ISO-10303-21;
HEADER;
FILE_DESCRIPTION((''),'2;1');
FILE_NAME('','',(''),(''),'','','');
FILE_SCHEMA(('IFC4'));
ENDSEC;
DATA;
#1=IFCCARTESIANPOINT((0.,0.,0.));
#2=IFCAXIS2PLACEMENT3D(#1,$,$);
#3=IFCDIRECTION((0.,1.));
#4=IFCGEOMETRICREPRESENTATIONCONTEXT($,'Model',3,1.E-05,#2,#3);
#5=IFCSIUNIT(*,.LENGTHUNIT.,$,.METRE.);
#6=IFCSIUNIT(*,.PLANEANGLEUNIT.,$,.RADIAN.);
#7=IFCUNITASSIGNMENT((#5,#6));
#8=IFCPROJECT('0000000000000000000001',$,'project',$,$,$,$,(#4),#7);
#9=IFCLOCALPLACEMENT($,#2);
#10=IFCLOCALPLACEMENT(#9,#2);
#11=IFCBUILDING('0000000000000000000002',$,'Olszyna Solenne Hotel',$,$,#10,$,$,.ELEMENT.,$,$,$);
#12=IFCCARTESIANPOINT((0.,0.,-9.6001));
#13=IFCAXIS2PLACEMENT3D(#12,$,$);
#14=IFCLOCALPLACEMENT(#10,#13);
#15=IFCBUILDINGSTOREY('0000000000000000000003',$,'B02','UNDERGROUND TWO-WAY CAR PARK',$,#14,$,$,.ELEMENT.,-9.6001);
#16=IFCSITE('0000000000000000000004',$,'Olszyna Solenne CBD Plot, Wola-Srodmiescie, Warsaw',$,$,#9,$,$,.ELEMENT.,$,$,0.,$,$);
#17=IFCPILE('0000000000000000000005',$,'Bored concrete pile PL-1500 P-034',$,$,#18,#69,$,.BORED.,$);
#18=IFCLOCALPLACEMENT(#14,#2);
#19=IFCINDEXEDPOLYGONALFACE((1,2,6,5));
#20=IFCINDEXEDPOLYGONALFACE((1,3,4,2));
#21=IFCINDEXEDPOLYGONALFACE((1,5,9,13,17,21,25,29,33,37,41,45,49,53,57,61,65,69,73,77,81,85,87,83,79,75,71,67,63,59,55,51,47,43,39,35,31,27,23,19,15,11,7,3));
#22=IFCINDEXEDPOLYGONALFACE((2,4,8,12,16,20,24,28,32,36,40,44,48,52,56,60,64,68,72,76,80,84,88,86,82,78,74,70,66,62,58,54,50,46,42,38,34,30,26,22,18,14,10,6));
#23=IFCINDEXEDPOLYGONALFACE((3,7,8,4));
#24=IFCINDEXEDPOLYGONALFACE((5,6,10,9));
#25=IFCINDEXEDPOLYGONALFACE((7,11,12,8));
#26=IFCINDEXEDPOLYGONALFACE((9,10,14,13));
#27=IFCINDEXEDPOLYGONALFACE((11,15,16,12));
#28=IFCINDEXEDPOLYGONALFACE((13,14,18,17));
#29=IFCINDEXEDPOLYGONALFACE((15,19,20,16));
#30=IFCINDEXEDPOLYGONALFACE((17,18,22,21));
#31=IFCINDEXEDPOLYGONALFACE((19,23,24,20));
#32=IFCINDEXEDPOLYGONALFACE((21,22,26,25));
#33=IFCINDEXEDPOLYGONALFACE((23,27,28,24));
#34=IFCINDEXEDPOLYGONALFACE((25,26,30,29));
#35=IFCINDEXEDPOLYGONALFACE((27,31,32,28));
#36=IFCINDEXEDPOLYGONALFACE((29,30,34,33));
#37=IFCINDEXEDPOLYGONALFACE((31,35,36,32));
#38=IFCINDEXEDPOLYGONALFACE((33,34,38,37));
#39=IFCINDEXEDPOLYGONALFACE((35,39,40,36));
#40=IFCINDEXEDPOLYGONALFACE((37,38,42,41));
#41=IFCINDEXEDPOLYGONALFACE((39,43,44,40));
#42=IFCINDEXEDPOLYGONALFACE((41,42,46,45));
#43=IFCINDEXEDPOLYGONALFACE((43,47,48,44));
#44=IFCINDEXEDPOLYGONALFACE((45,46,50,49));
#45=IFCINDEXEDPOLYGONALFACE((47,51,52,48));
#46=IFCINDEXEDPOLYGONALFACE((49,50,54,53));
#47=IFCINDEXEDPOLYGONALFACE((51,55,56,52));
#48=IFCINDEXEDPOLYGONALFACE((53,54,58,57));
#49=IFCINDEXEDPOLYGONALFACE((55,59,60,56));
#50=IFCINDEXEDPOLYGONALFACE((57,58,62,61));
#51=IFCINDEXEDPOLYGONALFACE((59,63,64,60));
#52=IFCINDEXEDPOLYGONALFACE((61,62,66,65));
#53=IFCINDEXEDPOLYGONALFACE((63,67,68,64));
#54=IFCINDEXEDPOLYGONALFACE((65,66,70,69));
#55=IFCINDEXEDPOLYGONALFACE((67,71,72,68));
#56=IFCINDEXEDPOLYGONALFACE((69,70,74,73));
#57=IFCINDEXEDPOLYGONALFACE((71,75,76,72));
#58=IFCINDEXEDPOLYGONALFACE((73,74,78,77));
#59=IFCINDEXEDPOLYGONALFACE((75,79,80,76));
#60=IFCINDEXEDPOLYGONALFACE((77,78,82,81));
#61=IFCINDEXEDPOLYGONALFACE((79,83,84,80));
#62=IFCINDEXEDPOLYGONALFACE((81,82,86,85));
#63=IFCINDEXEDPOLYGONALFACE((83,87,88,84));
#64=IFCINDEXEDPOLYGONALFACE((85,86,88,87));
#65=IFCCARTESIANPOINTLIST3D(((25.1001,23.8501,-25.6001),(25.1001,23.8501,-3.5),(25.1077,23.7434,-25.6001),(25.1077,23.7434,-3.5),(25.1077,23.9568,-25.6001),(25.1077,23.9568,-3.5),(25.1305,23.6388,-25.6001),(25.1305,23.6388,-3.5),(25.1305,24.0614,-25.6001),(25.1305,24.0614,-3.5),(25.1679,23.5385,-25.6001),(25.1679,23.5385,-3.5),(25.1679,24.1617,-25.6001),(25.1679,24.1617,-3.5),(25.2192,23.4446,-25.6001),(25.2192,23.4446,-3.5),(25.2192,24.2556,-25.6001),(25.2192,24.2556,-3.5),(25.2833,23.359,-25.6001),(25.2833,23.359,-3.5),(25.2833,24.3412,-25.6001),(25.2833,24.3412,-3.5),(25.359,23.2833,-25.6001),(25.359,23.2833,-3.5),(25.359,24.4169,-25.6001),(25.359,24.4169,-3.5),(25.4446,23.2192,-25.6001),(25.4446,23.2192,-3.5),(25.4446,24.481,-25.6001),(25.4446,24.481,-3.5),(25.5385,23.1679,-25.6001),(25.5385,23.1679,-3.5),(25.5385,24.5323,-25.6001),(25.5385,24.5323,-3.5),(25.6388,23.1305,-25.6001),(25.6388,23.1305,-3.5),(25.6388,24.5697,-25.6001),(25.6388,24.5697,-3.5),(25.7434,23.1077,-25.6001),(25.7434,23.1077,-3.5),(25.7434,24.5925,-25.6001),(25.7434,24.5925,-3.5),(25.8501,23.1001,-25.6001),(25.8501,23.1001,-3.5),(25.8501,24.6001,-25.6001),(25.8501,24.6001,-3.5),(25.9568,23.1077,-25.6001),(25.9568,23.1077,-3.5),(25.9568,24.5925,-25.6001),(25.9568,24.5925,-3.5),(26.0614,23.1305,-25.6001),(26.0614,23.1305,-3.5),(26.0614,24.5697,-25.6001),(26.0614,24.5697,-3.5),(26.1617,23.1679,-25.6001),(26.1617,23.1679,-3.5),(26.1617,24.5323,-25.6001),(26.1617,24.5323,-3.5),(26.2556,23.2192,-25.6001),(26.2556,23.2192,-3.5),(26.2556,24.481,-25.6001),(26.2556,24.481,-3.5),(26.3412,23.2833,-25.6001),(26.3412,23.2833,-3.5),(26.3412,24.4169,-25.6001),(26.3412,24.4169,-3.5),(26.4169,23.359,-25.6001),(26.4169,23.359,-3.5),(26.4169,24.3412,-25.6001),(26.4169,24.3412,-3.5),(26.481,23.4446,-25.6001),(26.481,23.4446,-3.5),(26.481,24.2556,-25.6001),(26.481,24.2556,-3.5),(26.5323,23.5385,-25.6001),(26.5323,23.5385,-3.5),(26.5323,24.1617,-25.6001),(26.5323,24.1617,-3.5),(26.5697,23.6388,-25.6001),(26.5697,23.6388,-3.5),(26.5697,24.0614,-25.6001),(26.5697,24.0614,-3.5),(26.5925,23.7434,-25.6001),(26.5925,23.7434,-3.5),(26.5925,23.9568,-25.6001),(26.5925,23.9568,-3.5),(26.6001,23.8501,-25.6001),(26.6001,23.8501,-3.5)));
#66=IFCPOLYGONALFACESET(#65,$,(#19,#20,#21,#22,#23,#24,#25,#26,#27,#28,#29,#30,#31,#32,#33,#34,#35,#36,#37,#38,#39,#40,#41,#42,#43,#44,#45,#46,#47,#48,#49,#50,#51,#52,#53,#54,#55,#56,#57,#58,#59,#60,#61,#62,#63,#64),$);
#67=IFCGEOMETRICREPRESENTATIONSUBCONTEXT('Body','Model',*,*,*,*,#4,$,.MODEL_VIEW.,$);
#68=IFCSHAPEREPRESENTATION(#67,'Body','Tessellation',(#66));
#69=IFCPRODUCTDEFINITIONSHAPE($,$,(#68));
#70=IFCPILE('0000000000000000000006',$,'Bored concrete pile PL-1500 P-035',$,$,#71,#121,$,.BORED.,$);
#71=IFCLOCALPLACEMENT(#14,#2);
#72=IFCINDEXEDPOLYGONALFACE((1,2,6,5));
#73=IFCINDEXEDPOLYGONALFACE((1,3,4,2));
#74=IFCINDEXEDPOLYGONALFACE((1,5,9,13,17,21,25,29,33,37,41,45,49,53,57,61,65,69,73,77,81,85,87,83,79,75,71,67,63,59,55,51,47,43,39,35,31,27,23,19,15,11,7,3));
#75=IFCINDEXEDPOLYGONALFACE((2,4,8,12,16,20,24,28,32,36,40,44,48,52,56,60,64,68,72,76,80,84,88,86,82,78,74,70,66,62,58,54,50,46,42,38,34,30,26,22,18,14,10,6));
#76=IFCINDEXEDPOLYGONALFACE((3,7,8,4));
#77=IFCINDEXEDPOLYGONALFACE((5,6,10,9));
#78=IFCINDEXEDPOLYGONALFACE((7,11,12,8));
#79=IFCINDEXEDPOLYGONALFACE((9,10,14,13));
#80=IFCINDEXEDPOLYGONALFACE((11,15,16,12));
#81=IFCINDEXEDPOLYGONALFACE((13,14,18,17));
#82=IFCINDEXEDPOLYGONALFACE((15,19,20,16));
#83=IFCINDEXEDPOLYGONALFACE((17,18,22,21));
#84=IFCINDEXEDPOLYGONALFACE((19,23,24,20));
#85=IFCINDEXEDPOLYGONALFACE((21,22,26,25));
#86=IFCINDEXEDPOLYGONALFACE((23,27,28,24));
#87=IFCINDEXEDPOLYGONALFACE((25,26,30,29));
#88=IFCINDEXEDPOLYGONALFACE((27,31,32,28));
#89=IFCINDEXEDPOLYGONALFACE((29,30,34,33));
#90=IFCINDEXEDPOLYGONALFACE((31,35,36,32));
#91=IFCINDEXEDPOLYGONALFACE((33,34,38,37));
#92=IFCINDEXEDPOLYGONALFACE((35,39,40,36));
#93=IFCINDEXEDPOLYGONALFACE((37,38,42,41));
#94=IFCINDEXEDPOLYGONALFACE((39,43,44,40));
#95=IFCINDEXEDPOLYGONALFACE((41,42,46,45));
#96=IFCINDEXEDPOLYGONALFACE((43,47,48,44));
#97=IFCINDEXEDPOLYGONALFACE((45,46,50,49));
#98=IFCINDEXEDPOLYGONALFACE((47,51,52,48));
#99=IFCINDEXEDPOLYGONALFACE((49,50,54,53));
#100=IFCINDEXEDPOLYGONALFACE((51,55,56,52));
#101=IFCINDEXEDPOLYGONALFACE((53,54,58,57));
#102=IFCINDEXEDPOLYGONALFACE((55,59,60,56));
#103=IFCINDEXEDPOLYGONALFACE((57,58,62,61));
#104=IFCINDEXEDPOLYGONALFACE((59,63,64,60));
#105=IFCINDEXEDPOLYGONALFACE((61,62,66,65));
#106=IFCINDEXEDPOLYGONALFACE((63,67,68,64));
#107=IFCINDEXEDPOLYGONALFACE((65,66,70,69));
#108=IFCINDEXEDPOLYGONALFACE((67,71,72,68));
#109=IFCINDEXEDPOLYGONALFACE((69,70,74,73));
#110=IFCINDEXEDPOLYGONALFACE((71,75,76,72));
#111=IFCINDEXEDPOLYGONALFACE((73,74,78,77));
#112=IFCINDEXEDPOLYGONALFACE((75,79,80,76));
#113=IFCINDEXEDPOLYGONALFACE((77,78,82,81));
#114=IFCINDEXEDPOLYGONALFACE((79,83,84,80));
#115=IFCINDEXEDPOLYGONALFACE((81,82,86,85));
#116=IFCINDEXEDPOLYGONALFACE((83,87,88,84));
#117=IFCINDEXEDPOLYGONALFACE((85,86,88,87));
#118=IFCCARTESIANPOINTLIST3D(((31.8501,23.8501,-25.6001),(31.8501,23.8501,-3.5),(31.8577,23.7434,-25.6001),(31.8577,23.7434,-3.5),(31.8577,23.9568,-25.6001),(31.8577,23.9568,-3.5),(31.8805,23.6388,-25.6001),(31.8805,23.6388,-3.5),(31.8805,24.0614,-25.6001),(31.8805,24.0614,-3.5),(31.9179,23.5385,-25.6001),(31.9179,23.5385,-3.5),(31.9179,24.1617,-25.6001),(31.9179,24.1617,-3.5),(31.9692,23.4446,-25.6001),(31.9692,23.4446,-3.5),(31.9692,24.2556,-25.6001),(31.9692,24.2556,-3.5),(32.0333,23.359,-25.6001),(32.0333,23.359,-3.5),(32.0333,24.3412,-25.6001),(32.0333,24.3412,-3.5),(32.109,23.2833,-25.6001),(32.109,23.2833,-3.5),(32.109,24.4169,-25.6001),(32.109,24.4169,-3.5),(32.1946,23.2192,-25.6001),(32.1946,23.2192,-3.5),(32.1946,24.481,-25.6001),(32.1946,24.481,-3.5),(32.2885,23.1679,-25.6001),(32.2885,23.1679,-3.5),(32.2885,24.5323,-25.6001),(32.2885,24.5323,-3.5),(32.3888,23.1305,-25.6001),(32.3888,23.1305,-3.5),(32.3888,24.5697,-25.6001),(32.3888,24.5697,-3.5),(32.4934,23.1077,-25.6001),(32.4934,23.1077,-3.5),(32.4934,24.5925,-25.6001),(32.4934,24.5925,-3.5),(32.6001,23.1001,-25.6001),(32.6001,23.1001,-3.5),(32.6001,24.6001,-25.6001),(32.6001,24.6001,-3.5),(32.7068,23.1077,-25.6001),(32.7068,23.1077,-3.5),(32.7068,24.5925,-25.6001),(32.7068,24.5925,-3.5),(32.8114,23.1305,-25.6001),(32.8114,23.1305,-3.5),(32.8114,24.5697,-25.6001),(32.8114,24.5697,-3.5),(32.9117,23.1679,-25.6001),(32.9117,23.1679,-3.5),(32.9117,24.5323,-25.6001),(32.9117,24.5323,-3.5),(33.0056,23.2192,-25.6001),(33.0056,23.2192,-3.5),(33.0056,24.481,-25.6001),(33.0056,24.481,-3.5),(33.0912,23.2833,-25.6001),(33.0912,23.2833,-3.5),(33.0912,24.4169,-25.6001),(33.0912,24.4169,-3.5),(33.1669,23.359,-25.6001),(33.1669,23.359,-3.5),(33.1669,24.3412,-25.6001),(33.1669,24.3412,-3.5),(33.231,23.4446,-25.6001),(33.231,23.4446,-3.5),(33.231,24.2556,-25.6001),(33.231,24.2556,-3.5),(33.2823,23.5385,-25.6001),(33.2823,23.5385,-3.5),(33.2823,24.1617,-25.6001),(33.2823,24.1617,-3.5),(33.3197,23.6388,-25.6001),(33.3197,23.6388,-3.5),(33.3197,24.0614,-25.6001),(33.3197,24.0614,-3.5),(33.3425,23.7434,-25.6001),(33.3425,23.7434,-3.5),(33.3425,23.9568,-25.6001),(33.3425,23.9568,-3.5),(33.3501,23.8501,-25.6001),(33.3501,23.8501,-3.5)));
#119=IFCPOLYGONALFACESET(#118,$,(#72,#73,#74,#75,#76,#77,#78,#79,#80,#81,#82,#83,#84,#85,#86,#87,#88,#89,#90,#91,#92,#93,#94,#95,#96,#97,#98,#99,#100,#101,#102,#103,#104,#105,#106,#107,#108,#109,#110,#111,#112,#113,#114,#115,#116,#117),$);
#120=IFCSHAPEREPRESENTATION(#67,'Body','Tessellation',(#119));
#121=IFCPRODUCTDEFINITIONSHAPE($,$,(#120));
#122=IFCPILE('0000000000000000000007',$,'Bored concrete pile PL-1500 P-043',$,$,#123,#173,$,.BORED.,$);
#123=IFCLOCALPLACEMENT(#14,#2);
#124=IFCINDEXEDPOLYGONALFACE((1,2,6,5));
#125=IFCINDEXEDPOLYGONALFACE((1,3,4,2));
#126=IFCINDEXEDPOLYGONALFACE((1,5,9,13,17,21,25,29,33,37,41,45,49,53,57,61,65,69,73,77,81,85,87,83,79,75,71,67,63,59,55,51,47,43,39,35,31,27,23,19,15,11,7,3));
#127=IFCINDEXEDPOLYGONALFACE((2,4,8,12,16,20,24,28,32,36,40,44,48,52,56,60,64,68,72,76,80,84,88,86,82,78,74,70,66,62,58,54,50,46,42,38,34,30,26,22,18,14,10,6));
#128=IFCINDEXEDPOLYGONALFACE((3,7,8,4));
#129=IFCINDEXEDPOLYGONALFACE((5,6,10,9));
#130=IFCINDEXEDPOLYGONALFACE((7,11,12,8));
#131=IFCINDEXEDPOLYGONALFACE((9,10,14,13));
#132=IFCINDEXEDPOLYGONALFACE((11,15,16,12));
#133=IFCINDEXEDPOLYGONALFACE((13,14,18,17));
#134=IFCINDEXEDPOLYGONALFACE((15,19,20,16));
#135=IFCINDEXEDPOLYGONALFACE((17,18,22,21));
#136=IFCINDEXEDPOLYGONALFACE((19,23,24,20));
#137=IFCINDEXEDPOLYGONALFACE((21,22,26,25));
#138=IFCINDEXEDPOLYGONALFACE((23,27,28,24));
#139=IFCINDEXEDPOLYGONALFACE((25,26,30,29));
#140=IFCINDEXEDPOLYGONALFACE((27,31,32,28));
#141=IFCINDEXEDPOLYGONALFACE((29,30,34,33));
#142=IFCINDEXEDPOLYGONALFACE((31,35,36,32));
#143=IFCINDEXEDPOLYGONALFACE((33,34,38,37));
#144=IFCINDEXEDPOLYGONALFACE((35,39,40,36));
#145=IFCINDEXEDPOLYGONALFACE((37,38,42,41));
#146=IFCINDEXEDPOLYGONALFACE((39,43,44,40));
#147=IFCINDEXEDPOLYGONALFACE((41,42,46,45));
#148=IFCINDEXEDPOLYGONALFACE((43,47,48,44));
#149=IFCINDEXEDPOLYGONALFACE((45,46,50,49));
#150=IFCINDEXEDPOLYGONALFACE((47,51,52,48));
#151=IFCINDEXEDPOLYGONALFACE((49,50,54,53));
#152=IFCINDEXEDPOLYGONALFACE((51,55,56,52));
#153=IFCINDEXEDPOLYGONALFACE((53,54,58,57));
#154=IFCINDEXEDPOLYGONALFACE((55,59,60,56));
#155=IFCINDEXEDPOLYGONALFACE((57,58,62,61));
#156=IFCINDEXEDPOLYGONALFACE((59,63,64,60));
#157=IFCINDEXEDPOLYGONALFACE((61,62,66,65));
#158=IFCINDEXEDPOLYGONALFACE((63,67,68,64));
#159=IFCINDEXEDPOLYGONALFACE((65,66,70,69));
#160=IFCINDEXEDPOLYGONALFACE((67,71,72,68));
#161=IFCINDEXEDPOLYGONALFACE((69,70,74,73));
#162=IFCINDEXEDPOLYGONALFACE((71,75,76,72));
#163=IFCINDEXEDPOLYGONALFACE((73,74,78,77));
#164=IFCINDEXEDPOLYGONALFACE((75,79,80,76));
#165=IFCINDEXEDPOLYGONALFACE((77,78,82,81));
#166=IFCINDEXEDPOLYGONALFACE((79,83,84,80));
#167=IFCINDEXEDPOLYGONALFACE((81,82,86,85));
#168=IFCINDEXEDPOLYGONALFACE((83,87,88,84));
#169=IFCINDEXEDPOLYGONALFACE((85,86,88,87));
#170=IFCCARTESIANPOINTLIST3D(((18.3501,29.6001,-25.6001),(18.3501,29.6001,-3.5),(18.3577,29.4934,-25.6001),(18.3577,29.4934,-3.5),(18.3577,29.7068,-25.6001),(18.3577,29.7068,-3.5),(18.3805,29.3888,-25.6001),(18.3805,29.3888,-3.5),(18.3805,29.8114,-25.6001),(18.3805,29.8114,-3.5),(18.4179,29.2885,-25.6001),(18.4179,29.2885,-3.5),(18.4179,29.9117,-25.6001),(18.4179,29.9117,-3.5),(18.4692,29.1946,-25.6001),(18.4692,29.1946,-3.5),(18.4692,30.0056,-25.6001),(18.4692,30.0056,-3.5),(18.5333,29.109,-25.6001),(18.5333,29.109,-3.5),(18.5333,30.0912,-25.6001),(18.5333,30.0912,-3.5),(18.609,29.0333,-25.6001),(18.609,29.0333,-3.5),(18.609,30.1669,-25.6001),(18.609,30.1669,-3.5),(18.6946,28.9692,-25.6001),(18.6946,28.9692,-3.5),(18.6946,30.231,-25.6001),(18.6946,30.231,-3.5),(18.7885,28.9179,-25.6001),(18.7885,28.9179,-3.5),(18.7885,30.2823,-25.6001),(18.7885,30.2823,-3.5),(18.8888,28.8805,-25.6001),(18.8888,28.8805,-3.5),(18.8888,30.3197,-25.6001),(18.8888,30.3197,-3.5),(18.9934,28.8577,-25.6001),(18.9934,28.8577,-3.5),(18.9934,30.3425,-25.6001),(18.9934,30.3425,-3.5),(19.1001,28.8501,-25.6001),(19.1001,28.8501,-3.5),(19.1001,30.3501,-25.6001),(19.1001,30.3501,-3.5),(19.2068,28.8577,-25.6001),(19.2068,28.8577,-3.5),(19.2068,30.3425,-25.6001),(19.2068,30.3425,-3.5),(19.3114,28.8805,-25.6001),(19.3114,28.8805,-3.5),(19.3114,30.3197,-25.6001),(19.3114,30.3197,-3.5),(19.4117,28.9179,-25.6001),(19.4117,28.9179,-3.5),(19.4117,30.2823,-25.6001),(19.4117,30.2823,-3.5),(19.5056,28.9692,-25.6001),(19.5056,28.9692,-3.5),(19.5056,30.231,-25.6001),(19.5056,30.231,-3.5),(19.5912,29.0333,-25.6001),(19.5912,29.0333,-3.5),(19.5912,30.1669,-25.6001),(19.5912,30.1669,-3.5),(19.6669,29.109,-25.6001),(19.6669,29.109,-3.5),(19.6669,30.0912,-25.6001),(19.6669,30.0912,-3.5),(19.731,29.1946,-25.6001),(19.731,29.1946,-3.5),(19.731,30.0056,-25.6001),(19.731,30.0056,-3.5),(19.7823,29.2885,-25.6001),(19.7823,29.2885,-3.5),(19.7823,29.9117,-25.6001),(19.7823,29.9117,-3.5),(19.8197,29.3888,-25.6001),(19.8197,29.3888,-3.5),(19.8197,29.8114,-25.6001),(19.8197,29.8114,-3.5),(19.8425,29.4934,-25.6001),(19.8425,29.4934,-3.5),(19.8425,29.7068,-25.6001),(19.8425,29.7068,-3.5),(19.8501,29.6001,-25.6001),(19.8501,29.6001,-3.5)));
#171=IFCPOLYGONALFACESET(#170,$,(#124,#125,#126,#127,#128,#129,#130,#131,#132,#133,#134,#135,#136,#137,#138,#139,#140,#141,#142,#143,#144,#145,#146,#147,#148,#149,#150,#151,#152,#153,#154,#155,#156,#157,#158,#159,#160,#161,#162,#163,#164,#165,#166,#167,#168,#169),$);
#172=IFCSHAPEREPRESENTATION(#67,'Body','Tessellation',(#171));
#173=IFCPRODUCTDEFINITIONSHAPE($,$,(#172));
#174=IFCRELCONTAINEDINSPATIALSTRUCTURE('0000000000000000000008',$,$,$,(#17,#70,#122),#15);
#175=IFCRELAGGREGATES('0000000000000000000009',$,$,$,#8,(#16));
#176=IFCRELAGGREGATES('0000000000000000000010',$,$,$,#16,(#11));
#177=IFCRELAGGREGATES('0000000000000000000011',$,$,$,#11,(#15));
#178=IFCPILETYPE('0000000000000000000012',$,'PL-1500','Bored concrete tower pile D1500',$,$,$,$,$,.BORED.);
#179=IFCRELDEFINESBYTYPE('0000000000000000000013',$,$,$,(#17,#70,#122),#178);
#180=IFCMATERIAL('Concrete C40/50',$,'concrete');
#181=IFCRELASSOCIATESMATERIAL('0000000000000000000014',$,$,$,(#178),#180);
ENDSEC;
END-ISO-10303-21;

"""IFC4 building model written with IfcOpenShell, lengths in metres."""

from ifc_helpers import new_model, si_unit, direction, frame, origin, origin_2d, place, context, subcontext, project, spatial, circle, extrude, source, transform, mapped, material, material_profile, profile_set, type_object, element, save


model = new_model("IFC4")

# Units and contexts
model_context = context("Model", 3, precision=1e-05, world=origin(), true_north=direction((0.0, 1.0)))
body_context = subcontext(model_context, "Body", "Model", "MODEL_VIEW")
ifc_project = project(units=[si_unit("LENGTHUNIT", "METRE"), si_unit("PLANEANGLEUNIT", "RADIAN")], contexts=[model_context])

# Site, building, storey
site_placement = place(None, origin())
site = spatial("IfcSite", under=ifc_project, at=site_placement, Name="Olszyna Solenne CBD Plot, Wola-Srodmiescie, Warsaw", CompositionType="ELEMENT", RefElevation=0.0)
building_placement = place(site_placement, origin())
building = spatial("IfcBuilding", under=site, at=building_placement, Name="Olszyna Solenne Hotel", CompositionType="ELEMENT")
storey_placement = place(building_placement, frame((0.0, 0.0, -9.6001)))
storey = spatial("IfcBuildingStorey", under=building, at=storey_placement, Name="B02", Description="UNDERGROUND TWO-WAY CAR PARK", CompositionType="ELEMENT", Elevation=-9.6001)

# Piles
ifc_material_1 = material(Name="Concrete C40/50", Category="concrete")
ifc_material_profile_1 = material_profile(ifc_material_1, circle(Radius=0.75, at=origin_2d()), Name="BORED PILE 1500", Category="load-bearing")
ifc_profile_set_1 = profile_set([ifc_material_profile_1], Name="Concrete C40/50")
pile_type = type_object("IfcPileType", Name="PL-1500", Description="Bored concrete tower pile D1500", PredefinedType="BORED", material=ifc_profile_set_1)
shared_shape_1 = source(origin(), body_context, "Body", "SweptSolid", [
    extrude(circle(Radius=0.75, at=origin_2d()), origin(), (0.0, 0.0, 1.0), 22.1001),
])
for number, where, z_axis, x_axis, name in (
    (1, (25.8501, 23.8501, -3.5), (0.0, 0.0, -1.0), (1.0, 0.0, 0.0), "Bored concrete pile PL-1500 P-034"),
    (2, (32.6001, 23.8501, -3.5), (0.0, 0.0, -1.0), (1.0, 0.0, 0.0), "Bored concrete pile PL-1500 P-035"),
    (3, (19.1001, 29.6001, -3.5), (0.0, 0.0, -1.0), (1.0, 0.0, 0.0), "Bored concrete pile PL-1500 P-043"),
):
    element("IfcPile", number, at=place(storey_placement, frame(where, z_axis=z_axis, x_axis=x_axis)), inside=storey, type_object=pile_type, Name=name, PredefinedType="BORED", context=body_context, shape_type="MappedRepresentation", body=[
        mapped(shared_shape_1, transform((0.0, 0.0, 0.0), x_axis=(1.0, 0.0, 0.0), y_axis=(0.0, 1.0, 0.0), z_axis=(0.0, 0.0, 1.0), scale=1.0)),
    ])

save(model, "model.ifc")
